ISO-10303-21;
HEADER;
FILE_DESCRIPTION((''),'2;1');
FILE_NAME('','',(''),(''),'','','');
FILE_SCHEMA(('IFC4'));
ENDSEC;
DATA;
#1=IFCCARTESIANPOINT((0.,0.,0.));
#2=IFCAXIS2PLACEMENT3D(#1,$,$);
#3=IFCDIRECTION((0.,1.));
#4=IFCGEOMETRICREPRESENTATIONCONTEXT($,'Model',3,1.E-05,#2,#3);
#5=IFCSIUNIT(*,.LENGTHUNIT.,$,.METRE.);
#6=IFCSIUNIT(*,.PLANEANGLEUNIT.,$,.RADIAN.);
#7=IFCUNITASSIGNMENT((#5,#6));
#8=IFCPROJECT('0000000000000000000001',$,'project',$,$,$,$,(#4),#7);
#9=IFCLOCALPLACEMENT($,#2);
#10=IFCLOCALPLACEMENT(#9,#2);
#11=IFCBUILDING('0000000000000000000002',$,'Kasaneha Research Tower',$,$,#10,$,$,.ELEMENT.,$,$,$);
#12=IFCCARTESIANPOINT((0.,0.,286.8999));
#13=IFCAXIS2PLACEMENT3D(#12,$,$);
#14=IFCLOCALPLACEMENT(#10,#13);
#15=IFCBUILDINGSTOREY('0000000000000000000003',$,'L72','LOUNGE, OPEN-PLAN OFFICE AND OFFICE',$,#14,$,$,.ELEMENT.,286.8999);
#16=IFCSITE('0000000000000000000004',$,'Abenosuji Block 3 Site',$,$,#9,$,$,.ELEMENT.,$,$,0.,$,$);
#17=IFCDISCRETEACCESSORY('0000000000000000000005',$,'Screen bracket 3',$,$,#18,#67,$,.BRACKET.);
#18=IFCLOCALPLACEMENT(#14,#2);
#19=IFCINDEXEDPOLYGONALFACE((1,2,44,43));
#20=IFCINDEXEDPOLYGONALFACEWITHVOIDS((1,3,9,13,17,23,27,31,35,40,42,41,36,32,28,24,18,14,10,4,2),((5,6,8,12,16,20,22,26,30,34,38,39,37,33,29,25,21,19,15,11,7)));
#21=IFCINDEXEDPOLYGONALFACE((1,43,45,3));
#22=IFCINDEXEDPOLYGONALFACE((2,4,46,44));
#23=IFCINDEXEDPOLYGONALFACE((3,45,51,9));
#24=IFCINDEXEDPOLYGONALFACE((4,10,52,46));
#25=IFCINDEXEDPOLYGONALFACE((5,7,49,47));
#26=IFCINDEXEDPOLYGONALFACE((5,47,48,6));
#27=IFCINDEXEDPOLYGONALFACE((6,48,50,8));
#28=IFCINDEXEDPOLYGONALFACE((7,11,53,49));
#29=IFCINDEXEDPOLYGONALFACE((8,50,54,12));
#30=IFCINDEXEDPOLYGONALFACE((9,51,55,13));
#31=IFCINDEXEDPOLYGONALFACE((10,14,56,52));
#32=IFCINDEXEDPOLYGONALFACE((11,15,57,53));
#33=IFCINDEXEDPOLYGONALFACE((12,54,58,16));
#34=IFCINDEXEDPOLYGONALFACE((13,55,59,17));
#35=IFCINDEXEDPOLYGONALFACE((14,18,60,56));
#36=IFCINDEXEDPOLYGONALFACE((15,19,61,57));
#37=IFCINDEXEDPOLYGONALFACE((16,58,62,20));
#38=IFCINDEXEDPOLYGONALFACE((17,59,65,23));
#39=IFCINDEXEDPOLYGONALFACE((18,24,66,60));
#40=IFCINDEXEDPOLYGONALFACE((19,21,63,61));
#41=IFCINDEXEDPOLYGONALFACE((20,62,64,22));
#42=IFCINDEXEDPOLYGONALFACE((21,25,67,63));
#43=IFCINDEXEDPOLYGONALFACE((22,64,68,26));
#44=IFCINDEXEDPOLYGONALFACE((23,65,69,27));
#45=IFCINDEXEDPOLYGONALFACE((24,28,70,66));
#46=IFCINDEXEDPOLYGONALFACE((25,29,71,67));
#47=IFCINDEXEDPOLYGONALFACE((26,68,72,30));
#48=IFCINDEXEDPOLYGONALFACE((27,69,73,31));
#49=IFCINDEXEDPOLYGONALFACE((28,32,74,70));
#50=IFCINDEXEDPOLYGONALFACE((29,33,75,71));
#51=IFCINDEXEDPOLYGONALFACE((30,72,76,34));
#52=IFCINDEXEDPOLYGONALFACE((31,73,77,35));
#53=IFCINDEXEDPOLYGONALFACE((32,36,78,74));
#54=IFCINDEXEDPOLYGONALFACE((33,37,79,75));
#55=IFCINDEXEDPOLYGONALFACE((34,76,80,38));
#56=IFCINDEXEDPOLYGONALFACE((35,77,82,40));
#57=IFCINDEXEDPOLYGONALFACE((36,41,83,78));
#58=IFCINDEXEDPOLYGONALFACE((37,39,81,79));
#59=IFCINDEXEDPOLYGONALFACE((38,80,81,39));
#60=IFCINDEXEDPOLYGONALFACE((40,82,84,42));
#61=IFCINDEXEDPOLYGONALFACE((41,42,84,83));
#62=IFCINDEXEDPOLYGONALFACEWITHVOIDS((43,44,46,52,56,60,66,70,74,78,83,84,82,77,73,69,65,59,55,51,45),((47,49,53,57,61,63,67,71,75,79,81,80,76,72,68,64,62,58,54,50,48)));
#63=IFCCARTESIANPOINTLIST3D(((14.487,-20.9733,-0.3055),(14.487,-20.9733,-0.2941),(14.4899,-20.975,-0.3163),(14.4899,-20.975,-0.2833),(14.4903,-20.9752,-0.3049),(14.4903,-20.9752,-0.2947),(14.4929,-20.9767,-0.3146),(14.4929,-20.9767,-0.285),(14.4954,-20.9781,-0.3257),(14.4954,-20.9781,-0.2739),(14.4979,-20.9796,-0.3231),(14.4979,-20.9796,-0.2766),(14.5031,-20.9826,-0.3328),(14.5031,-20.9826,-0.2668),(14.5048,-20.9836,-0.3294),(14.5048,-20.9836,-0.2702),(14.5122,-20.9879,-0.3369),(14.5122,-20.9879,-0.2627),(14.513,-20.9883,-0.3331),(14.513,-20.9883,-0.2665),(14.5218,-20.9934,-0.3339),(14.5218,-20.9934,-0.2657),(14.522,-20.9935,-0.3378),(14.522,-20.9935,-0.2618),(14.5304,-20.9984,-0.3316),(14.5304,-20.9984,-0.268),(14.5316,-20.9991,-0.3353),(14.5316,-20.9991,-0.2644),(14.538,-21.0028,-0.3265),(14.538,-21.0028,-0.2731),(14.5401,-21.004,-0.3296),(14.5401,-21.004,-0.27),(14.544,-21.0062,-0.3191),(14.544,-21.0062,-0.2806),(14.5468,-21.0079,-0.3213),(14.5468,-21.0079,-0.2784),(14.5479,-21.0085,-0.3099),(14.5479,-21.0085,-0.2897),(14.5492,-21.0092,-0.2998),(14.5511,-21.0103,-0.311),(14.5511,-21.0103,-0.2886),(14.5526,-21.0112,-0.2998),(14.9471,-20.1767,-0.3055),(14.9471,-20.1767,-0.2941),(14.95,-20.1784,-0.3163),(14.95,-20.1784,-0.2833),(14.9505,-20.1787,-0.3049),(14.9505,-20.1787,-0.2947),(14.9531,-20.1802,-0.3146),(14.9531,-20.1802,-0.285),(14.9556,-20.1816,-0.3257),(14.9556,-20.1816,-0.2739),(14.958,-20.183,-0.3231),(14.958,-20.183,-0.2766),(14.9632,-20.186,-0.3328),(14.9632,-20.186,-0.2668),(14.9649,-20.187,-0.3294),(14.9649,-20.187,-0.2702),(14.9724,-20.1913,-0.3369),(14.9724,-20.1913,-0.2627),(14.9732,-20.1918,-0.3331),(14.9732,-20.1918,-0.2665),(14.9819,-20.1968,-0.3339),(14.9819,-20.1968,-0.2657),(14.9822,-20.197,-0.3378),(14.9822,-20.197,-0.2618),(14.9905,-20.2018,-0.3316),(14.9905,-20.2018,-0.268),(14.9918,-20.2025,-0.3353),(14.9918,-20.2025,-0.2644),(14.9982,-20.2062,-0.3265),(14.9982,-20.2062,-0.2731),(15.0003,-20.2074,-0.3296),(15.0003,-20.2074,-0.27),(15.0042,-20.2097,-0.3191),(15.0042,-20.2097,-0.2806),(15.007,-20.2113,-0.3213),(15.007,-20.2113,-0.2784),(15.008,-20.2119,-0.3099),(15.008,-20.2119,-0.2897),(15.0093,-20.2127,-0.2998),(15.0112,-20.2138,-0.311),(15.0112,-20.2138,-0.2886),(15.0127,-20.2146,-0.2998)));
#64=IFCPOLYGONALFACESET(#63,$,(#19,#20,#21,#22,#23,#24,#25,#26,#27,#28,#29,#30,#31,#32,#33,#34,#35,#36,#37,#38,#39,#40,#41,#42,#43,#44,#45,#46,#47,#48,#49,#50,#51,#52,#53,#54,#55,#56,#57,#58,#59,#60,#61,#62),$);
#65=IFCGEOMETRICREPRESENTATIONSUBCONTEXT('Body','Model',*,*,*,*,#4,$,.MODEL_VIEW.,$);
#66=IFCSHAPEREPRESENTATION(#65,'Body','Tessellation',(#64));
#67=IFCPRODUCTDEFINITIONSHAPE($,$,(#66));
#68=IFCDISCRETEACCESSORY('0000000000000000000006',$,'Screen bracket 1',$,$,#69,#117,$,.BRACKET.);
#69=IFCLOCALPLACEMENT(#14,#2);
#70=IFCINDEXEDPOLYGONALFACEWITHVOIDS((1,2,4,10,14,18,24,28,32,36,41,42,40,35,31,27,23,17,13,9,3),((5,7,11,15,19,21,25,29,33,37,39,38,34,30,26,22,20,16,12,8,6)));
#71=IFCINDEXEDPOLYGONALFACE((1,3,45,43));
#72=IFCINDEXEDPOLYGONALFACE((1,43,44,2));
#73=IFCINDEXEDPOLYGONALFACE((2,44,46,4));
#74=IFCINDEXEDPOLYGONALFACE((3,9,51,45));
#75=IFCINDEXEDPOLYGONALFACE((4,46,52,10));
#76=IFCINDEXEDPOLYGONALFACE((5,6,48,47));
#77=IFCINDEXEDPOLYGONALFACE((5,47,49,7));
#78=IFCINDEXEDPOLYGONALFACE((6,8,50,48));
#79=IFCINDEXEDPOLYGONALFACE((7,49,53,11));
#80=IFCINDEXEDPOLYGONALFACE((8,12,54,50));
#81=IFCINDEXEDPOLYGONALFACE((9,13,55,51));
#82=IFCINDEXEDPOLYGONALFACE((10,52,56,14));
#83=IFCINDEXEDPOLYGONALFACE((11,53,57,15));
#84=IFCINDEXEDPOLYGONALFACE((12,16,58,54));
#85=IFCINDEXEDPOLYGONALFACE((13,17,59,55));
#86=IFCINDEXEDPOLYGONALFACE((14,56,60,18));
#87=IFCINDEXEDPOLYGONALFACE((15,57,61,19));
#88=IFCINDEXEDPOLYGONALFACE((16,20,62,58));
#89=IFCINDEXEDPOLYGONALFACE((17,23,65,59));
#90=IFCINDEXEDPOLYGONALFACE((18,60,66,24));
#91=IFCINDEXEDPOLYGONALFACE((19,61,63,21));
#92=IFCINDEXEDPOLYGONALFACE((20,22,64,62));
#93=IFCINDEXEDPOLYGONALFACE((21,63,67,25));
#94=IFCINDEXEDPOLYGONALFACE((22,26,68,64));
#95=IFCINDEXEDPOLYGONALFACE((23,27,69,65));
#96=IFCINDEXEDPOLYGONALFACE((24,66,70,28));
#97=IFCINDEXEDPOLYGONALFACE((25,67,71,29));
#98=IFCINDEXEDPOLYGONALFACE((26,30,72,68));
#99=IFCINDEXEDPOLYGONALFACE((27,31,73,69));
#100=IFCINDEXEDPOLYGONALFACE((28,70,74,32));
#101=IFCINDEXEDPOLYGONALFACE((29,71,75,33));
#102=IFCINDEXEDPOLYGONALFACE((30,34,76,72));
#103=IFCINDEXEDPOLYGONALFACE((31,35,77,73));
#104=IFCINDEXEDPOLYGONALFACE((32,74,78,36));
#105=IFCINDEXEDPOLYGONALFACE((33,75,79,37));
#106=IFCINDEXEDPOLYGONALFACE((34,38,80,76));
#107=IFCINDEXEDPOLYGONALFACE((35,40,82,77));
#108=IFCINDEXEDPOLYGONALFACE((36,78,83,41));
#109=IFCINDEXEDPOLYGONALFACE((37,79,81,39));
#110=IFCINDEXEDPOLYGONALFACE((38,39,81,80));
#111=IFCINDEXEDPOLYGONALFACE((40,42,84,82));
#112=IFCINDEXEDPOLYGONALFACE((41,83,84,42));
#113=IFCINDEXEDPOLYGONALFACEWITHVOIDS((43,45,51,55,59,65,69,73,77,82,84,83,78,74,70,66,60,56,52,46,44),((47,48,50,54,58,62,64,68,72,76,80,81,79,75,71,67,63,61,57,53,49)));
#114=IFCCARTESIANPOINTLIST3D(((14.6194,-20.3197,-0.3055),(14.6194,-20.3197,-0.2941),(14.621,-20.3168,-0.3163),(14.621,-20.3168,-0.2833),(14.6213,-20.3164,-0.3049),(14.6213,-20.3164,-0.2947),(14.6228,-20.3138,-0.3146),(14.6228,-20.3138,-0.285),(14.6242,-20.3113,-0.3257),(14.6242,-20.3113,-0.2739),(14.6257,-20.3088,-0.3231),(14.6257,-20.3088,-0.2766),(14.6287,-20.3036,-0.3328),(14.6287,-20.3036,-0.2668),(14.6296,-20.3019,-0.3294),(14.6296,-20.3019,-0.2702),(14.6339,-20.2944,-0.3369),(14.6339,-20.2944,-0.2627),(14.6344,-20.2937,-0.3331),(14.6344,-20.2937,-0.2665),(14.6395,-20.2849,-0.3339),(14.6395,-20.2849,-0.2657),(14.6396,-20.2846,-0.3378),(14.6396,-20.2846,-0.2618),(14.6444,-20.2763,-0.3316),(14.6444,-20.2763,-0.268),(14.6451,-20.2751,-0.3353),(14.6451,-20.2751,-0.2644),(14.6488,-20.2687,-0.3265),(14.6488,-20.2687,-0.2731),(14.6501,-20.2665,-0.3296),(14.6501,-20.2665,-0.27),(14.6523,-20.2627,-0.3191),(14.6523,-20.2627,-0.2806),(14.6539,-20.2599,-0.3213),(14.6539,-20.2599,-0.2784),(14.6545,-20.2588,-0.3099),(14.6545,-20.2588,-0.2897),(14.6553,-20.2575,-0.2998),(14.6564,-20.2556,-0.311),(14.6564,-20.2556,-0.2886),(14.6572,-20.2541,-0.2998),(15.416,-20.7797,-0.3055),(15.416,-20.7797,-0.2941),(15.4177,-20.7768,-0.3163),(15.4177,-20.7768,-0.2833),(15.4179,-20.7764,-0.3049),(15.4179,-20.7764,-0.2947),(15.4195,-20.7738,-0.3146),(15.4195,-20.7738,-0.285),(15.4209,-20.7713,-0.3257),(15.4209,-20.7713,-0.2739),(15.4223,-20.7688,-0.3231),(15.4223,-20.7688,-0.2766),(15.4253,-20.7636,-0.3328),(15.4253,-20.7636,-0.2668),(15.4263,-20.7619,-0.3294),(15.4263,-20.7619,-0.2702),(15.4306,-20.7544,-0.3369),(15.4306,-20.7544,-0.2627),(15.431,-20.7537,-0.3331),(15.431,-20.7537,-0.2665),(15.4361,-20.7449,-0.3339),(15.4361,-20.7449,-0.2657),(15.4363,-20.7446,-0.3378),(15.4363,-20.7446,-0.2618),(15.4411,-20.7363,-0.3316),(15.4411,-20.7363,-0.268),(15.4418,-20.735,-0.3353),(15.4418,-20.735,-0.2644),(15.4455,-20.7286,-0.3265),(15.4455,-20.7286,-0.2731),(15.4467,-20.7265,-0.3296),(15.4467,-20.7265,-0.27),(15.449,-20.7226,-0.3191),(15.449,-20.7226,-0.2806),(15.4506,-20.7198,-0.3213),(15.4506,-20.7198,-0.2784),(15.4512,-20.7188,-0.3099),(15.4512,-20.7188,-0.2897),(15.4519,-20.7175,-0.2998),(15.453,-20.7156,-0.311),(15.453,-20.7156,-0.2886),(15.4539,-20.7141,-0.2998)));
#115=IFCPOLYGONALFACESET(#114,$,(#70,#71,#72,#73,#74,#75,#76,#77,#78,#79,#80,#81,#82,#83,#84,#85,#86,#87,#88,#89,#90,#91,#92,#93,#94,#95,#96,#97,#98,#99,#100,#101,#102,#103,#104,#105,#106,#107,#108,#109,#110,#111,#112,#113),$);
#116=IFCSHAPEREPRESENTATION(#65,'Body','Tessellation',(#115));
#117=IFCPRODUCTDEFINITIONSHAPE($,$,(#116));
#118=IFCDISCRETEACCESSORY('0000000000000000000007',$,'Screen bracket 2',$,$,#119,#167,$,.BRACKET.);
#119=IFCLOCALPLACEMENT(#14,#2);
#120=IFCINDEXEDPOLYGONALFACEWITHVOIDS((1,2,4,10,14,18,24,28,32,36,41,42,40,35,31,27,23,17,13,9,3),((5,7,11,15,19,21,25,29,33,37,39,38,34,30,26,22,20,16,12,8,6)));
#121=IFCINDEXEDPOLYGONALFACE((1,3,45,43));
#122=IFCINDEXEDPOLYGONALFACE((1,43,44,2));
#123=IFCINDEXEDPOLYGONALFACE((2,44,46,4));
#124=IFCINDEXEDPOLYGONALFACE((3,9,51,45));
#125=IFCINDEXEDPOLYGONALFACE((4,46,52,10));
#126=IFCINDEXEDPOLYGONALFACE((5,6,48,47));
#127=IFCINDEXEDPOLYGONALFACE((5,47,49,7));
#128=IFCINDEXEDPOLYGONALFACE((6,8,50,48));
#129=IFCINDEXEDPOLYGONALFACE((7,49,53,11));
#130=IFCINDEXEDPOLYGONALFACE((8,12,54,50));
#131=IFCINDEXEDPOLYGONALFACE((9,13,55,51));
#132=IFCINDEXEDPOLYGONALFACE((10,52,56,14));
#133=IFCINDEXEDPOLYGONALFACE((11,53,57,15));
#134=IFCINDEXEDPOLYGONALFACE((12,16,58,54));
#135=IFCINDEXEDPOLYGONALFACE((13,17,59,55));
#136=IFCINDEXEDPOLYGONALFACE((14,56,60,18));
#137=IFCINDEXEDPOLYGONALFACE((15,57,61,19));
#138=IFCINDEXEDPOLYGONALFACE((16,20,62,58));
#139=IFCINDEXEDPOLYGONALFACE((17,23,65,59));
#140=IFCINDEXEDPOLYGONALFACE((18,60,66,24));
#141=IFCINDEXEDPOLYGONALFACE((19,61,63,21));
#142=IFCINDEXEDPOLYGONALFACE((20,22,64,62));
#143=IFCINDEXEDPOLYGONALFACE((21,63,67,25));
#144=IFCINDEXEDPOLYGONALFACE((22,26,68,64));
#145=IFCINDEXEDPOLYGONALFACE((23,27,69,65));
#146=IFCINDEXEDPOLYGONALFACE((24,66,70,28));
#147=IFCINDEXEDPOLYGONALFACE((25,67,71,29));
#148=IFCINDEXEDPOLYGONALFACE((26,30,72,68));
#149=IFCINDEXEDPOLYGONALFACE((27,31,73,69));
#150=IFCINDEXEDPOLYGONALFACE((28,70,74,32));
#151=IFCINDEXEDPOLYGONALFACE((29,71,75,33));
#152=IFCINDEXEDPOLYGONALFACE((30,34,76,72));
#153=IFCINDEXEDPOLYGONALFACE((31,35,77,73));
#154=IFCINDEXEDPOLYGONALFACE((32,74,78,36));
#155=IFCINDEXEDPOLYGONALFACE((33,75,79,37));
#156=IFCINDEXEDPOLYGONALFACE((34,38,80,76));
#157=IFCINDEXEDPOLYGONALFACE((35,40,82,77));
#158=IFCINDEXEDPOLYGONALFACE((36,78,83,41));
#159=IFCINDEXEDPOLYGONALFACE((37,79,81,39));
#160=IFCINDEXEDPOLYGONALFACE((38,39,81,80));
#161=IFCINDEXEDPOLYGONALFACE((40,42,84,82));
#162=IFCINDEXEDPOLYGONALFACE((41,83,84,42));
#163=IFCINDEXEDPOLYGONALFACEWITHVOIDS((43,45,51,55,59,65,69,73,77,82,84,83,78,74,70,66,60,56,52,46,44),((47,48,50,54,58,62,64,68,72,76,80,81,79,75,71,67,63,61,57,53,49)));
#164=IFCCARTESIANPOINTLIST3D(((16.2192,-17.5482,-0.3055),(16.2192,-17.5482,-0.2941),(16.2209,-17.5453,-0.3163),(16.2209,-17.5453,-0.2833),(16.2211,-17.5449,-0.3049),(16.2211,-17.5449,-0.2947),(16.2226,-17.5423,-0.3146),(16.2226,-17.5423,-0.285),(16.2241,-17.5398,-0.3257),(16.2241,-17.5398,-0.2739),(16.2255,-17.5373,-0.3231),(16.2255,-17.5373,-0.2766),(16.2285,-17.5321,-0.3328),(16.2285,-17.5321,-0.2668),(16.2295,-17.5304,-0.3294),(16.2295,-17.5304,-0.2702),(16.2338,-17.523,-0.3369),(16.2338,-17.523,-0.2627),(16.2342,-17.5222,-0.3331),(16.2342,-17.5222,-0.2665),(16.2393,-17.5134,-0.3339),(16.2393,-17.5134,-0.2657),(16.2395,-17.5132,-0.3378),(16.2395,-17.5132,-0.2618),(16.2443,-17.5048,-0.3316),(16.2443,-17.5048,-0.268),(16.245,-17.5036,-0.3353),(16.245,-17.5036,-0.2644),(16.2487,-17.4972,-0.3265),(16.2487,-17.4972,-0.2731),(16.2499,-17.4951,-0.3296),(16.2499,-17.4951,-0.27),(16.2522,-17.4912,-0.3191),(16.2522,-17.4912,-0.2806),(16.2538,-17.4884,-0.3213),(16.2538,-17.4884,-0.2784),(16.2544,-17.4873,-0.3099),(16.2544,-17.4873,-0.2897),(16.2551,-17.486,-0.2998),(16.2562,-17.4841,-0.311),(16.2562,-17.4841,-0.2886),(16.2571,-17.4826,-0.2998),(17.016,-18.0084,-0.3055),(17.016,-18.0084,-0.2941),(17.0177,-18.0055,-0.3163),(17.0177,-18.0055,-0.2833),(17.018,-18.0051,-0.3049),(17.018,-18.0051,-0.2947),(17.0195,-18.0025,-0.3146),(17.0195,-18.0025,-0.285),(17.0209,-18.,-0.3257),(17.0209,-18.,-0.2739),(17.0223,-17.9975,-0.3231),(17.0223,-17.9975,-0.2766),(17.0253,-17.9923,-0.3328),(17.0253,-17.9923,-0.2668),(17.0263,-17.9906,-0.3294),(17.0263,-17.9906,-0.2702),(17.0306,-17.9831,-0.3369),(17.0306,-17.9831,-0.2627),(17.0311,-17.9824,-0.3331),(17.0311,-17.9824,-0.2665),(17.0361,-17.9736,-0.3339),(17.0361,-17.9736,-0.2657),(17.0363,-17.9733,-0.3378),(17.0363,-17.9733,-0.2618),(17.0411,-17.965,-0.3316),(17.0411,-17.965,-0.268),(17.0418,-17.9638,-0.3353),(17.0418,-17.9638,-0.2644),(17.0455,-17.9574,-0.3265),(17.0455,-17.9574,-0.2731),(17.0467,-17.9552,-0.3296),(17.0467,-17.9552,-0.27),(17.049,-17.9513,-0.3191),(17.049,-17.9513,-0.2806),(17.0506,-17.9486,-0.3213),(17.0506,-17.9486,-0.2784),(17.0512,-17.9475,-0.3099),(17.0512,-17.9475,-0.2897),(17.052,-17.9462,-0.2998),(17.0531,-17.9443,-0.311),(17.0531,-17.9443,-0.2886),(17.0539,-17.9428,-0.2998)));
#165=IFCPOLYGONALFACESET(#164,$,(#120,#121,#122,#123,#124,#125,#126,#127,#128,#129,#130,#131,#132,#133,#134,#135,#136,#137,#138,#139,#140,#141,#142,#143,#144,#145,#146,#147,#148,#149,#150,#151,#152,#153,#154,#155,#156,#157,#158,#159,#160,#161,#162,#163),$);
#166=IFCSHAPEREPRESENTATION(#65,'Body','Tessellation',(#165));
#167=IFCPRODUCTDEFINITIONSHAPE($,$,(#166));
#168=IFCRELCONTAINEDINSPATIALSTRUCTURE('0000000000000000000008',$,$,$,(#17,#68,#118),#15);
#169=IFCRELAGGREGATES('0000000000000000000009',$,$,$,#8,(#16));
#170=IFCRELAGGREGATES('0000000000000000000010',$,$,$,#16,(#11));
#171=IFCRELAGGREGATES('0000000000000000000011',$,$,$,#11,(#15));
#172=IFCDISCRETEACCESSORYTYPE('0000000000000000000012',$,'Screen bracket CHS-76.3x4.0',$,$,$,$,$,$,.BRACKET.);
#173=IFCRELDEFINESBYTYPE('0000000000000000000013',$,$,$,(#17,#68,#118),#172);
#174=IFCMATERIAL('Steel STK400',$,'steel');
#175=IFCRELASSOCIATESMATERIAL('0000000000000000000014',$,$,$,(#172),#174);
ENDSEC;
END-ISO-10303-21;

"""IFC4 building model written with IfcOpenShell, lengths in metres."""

from ifc_helpers import new_model, si_unit, direction, frame, origin, origin_2d, place, context, subcontext, project, spatial, hollow_circle, extrude, material, material_profile, profile_set, type_object, element, save


model = new_model("IFC4")

# Units and contexts
model_context = context("Model", 3, precision=1e-05, world=origin(), true_north=direction((0.0, 1.0)))
body_context = subcontext(model_context, "Body", "Model", "MODEL_VIEW")
ifc_project = project(units=[si_unit("LENGTHUNIT", "METRE"), si_unit("PLANEANGLEUNIT", "RADIAN")], contexts=[model_context])

# Site, building, storey
site_placement = place(None, origin())
site = spatial("IfcSite", under=ifc_project, at=site_placement, Name="Abenosuji Block 3 Site", CompositionType="ELEMENT", RefElevation=0.0)
building_placement = place(site_placement, origin())
building = spatial("IfcBuilding", under=site, at=building_placement, Name="Kasaneha Research Tower", CompositionType="ELEMENT")
storey_placement = place(building_placement, frame((0.0, 0.0, 286.8999)))
storey = spatial("IfcBuildingStorey", under=building, at=storey_placement, Name="L72", Description="LOUNGE, OPEN-PLAN OFFICE AND OFFICE", CompositionType="ELEMENT", Elevation=286.8999)

# Discrete accessories
ifc_material_1 = material(Name="Steel STK400", Category="steel")
ifc_material_profile_1 = material_profile(ifc_material_1, hollow_circle(Radius=0.0381, WallThickness=0.0039, at=origin_2d()), Name="CHS-76.3x4.0")
ifc_profile_set_1 = profile_set([ifc_material_profile_1], Name="Steel STK400")
discrete_accessory_type = type_object("IfcDiscreteAccessoryType", Name="Screen bracket CHS-76.3x4.0", PredefinedType="BRACKET", material=ifc_profile_set_1)
for number, where, z_axis, x_axis, name in (
    (1, (14.9797, -20.1956, -0.2998), (-0.50022, -0.865898, 0.0), (0.865898, -0.50022, 0.0), "Screen bracket 3"),
    (2, (14.6382, -20.2871, -0.2998), (0.866013, -0.500021, 0.0), (0.500021, 0.866013, 0.0), "Screen bracket 1"),
):
    element("IfcDiscreteAccessory", number, at=place(storey_placement, frame(where, z_axis=z_axis, x_axis=x_axis)), inside=storey, type_object=discrete_accessory_type, Name=name, PredefinedType="BRACKET", context=body_context, shape_type="SweptSolid", body=[
        extrude(hollow_circle(Radius=0.0381, WallThickness=0.0039, at=origin_2d()), origin(), (0.0, 0.0, 1.0), 0.9199),
    ])
discrete_accessory_placement = place(storey_placement, frame((16.238, -17.5156, -0.2998), z_axis=(0.865965, -0.500105, 0.0), x_axis=(0.500105, 0.865965, 0.0)))
element("IfcDiscreteAccessory", 3, at=discrete_accessory_placement, inside=storey, type_object=discrete_accessory_type, Name="Screen bracket 2", PredefinedType="BRACKET", context=body_context, shape_type="SweptSolid", body=[
    extrude(hollow_circle(Radius=0.0381, WallThickness=0.0039, at=origin_2d()), origin(), (0.0, 0.0, 1.0), 0.9202),
])

save(model, "model.ifc")
